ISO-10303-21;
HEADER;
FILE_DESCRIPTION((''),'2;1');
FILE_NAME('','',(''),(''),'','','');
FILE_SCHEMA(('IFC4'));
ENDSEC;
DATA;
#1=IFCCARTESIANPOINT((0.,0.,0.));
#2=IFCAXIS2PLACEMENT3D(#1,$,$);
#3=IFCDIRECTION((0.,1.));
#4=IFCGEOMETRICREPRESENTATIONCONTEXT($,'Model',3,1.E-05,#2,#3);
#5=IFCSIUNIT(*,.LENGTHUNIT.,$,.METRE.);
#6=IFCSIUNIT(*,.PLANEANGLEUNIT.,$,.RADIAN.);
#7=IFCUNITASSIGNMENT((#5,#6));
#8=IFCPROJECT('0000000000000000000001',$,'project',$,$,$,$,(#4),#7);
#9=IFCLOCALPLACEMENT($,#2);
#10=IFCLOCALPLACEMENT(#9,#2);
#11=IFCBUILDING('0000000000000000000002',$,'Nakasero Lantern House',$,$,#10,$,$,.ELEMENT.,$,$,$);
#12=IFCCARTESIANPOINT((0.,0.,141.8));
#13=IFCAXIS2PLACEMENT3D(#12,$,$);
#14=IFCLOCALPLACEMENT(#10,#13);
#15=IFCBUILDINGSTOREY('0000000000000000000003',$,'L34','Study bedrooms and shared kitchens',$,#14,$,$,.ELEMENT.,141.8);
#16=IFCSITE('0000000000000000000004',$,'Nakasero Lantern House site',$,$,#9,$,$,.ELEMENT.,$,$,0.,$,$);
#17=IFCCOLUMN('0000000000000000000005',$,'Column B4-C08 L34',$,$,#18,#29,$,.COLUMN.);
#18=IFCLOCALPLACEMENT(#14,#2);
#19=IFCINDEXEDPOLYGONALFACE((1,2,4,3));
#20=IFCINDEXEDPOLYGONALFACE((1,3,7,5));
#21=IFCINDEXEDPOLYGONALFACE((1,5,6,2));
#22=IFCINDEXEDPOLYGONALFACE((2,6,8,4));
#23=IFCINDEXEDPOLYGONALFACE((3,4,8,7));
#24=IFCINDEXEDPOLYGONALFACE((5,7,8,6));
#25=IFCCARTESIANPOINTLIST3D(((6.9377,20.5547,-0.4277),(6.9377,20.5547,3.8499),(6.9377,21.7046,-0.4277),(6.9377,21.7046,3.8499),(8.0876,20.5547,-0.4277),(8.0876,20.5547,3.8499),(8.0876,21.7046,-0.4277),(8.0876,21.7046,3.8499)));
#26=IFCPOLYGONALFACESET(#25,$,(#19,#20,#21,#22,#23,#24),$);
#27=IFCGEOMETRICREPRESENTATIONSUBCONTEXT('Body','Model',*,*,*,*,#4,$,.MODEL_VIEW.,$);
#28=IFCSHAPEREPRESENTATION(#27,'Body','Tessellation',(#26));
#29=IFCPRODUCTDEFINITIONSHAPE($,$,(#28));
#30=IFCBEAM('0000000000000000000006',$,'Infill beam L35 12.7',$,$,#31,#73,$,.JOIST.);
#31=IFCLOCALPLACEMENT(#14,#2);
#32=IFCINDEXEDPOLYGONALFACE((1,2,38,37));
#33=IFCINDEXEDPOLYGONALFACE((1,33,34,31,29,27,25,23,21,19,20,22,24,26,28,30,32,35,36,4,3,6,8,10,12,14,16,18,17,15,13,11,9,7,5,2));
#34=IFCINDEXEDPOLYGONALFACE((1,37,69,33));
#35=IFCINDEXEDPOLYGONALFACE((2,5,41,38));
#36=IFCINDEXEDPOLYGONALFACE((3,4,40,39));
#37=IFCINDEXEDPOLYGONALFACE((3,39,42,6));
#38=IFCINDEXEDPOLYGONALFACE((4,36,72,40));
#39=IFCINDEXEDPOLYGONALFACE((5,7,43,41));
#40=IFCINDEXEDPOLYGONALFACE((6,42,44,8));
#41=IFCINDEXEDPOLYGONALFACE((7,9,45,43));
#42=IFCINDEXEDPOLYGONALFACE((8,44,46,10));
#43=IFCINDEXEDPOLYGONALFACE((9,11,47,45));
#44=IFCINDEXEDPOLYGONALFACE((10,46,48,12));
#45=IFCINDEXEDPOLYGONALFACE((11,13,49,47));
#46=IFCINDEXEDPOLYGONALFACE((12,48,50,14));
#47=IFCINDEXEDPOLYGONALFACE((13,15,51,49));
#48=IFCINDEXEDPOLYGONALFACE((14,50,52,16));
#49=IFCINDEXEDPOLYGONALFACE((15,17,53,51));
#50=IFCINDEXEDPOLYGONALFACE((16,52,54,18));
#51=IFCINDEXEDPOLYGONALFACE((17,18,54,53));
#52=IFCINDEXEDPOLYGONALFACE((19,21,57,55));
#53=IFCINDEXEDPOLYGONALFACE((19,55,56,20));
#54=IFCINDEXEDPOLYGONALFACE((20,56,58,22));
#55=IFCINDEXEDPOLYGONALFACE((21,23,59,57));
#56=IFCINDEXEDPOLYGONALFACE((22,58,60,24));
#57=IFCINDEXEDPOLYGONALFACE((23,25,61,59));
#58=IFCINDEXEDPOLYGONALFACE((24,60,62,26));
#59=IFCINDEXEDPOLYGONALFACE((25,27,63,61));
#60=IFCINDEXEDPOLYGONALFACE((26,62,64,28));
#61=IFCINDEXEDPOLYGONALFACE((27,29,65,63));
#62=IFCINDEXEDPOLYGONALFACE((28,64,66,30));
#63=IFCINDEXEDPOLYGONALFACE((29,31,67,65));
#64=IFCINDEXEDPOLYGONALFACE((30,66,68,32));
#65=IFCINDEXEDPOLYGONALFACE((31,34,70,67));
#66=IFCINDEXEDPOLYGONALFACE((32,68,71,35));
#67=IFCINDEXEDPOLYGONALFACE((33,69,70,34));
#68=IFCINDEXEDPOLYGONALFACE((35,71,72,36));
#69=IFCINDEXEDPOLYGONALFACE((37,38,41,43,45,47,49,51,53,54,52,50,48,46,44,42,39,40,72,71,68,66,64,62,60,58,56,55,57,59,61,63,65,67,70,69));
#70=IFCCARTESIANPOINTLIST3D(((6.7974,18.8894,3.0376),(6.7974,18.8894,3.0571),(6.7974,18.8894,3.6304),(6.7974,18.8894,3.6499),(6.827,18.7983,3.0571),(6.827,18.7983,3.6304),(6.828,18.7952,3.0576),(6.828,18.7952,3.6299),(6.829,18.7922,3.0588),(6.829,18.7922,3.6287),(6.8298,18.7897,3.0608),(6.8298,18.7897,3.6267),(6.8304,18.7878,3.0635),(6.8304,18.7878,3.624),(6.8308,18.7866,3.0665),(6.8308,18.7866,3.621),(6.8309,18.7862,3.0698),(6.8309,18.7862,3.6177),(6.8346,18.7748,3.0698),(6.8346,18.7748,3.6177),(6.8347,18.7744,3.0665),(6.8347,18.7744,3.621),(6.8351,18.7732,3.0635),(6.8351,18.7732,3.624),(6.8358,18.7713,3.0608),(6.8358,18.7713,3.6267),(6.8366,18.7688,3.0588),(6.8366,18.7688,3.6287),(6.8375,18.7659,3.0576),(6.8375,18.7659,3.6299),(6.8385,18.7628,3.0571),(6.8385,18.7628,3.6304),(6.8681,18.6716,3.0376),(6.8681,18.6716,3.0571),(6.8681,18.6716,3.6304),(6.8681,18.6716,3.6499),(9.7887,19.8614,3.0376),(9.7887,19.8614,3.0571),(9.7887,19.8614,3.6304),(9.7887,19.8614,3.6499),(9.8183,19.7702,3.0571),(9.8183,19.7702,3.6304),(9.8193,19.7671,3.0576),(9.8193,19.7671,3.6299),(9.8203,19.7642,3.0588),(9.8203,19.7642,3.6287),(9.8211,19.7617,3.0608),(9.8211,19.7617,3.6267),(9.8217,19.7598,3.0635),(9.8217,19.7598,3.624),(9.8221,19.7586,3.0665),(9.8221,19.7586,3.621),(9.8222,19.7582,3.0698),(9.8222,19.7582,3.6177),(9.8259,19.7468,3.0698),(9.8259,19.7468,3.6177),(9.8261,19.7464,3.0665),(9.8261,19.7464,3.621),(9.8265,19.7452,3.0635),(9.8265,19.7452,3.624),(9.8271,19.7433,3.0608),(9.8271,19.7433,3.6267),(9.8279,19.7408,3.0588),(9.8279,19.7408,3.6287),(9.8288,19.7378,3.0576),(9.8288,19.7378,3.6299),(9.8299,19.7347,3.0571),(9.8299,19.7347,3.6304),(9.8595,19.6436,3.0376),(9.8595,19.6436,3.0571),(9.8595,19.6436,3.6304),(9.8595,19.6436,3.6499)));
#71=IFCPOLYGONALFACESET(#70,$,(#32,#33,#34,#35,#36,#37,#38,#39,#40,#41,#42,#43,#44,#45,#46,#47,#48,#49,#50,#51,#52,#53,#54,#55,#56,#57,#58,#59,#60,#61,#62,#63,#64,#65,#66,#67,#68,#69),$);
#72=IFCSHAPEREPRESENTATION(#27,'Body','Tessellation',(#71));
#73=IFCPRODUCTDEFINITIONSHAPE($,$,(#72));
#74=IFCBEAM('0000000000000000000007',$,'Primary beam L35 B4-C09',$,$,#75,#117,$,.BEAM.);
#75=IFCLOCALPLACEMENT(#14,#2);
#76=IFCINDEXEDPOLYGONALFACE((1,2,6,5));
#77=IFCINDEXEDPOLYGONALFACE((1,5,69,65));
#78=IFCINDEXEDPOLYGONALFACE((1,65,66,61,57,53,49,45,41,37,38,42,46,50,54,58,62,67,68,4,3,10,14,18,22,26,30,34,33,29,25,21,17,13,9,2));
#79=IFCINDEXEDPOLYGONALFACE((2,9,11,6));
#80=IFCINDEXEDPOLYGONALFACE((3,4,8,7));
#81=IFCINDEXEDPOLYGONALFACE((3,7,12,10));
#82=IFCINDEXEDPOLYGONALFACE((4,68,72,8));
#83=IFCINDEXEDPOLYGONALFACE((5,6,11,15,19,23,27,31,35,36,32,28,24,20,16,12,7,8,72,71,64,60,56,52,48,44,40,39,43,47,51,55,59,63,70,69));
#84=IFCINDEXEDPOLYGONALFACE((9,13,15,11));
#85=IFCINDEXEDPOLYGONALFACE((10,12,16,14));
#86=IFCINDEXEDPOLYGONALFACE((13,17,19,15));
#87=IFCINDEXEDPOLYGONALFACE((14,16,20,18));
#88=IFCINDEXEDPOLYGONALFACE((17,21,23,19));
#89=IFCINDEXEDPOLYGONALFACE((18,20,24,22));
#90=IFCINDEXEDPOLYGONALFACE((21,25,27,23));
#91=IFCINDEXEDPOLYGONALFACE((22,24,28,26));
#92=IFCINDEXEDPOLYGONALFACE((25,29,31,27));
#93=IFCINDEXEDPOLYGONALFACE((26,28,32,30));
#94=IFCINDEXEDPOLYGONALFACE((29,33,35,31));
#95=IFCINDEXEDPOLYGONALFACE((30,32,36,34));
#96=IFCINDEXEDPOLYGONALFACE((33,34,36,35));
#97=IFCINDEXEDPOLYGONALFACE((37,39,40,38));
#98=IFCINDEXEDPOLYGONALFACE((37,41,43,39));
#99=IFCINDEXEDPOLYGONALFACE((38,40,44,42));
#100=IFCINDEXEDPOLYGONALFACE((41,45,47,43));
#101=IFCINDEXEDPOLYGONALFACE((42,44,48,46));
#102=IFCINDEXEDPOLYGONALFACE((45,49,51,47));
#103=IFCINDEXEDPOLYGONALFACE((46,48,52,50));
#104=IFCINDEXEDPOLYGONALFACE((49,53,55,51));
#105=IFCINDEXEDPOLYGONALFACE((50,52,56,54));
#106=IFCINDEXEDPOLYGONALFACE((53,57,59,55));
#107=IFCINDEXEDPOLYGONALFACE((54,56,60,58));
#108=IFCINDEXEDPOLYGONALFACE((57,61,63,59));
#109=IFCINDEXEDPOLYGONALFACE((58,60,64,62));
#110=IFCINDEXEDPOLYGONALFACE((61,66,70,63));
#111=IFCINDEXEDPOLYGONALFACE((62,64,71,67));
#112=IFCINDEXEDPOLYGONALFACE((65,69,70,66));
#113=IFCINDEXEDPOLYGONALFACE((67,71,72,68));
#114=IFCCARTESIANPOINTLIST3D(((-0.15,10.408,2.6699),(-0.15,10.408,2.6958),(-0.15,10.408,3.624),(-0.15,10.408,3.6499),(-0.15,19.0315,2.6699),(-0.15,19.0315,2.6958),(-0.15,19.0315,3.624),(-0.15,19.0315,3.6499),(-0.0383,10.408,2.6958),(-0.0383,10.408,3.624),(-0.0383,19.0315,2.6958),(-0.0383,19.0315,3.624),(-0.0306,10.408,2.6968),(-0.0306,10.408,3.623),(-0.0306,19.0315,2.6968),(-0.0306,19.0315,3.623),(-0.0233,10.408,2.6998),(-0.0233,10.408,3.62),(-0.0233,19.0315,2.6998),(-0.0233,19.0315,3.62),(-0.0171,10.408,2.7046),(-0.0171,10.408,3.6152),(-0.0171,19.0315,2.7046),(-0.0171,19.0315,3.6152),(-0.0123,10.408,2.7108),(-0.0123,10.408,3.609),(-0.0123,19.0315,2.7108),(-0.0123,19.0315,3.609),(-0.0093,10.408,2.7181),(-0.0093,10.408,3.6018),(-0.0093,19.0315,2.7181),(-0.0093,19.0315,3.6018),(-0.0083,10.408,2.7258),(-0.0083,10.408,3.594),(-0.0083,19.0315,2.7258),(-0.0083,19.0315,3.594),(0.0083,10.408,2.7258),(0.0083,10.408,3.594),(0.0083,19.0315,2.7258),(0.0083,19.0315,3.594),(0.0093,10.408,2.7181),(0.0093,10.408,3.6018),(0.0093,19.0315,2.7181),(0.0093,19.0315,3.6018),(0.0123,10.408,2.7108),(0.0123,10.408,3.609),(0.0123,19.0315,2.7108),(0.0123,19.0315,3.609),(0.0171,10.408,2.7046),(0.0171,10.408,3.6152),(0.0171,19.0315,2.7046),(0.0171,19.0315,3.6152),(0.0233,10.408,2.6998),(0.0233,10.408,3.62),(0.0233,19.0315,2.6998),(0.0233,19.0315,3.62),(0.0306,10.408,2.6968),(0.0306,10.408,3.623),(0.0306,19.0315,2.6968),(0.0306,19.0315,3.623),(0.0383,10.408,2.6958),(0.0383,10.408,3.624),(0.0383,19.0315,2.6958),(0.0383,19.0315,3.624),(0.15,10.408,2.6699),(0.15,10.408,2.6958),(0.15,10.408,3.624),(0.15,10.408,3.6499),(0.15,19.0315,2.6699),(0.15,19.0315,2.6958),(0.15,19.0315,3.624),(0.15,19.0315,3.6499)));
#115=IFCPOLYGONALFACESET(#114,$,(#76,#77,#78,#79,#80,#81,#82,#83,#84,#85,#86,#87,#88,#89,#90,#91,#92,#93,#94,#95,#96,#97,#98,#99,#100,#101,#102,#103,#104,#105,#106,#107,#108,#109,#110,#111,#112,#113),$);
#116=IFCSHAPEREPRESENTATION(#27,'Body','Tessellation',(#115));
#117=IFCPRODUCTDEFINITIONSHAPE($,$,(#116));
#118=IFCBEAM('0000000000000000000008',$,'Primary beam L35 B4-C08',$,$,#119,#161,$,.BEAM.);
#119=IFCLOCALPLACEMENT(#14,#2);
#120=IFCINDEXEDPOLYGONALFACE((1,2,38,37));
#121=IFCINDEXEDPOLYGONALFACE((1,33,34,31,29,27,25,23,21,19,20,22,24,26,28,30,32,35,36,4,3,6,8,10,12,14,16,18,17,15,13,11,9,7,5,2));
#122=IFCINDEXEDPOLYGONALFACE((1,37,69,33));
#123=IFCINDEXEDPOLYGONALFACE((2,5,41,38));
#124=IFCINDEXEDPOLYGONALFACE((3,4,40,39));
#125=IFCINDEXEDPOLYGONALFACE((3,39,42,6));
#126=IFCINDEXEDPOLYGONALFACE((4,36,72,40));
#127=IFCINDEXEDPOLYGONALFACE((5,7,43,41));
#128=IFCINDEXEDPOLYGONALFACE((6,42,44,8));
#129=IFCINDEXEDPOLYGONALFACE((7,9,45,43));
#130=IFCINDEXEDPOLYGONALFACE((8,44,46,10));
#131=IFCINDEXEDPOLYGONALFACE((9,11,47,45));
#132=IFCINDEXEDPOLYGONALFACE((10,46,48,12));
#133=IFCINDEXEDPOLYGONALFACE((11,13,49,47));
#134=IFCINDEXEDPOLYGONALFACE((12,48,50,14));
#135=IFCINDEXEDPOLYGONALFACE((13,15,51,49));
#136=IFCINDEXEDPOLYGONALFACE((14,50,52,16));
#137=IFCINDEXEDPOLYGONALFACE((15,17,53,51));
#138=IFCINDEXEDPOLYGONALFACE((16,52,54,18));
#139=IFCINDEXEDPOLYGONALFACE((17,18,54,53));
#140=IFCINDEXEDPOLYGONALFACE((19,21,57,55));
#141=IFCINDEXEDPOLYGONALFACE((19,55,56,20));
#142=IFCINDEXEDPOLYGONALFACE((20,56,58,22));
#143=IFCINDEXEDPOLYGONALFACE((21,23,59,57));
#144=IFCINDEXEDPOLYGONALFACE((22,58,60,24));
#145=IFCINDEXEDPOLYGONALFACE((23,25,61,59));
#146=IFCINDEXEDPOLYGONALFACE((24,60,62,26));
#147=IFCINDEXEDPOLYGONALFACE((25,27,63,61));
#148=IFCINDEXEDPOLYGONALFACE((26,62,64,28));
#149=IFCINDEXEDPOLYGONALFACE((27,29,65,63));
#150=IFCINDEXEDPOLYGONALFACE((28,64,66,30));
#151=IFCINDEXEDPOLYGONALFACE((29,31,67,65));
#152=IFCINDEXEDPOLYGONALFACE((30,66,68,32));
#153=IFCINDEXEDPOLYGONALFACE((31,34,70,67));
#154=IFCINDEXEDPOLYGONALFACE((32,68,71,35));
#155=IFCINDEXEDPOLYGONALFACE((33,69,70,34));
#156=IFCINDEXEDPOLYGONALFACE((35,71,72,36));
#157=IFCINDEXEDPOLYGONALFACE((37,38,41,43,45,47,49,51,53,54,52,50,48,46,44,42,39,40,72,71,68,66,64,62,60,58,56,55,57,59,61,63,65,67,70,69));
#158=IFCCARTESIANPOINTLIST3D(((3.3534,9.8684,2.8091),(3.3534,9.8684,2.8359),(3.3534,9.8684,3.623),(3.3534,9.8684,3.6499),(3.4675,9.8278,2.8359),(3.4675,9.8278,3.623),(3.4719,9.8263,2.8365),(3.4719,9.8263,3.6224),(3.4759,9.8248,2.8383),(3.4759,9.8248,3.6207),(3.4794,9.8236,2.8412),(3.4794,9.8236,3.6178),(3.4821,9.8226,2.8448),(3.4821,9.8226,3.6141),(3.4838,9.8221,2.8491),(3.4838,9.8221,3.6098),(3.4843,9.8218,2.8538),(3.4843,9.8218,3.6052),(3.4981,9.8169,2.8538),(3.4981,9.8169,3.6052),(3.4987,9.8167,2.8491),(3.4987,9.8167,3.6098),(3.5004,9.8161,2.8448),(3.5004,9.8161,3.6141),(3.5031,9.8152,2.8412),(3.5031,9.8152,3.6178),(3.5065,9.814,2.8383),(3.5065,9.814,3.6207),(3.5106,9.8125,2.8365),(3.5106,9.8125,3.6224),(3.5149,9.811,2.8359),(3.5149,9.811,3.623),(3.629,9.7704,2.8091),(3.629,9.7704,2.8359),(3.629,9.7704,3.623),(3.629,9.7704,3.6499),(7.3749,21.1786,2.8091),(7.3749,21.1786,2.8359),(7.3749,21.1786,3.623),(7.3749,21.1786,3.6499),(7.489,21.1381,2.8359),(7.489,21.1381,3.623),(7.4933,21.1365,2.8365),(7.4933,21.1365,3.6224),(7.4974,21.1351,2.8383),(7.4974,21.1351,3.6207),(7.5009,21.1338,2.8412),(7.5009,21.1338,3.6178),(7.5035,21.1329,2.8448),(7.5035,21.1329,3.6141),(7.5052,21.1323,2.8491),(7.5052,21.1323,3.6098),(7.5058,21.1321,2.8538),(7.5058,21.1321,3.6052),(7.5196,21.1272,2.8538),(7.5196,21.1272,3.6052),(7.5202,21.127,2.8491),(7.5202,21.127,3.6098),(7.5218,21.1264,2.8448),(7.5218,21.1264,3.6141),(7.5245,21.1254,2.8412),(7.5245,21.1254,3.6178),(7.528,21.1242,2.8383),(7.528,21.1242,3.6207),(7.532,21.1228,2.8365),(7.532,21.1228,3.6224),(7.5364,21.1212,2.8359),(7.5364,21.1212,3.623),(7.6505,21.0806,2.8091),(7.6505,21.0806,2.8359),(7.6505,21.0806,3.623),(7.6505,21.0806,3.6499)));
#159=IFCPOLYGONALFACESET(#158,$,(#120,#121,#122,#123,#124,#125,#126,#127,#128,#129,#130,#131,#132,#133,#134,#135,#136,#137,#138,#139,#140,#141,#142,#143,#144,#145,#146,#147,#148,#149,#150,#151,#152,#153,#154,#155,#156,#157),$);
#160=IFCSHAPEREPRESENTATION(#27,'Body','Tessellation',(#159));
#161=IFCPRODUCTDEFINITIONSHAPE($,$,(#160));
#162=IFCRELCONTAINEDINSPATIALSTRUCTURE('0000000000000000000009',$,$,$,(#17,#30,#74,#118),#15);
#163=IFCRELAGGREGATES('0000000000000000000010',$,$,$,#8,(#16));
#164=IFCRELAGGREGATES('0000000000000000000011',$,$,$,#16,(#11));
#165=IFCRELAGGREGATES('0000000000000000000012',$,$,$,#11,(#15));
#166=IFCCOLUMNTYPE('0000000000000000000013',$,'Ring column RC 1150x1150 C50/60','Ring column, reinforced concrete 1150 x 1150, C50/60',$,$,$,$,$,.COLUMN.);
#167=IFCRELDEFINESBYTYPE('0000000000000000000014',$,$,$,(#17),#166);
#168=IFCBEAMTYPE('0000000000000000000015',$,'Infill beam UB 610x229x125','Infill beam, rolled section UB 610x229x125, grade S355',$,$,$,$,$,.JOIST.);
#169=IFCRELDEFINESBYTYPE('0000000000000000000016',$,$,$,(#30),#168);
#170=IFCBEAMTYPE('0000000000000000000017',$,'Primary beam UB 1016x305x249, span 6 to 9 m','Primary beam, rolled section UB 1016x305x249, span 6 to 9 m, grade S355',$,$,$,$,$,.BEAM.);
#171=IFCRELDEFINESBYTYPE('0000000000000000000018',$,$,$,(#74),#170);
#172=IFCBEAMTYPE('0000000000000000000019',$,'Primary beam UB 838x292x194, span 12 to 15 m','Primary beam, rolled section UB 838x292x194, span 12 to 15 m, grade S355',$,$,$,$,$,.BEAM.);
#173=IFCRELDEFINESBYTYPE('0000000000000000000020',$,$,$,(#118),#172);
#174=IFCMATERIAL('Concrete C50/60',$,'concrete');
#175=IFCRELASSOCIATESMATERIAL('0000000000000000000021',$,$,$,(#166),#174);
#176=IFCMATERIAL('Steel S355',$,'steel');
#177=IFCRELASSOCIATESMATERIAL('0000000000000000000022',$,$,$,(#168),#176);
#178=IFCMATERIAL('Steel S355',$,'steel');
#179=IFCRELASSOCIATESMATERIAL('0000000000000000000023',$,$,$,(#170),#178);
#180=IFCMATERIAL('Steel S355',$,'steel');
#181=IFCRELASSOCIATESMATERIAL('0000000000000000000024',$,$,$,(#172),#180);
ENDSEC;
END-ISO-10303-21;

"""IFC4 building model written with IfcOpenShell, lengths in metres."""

from ifc_helpers import new_model, si_unit, direction, frame, origin, origin_2d, place, context, subcontext, project, spatial, rectangle, i_section, extrude, material, material_profile, profile_set, type_object, element, save


model = new_model("IFC4")

# Units and contexts
model_context = context("Model", 3, precision=1e-05, world=origin(), true_north=direction((0.0, 1.0)))
body_context = subcontext(model_context, "Body", "Model", "MODEL_VIEW")
ifc_project = project(units=[si_unit("LENGTHUNIT", "METRE"), si_unit("PLANEANGLEUNIT", "RADIAN")], contexts=[model_context])

# Site, building, storey
site_placement = place(None, origin())
site = spatial("IfcSite", under=ifc_project, at=site_placement, Name="Nakasero Lantern House site", CompositionType="ELEMENT", RefElevation=0.0)
building_placement = place(site_placement, origin())
building = spatial("IfcBuilding", under=site, at=building_placement, Name="Nakasero Lantern House", CompositionType="ELEMENT")
storey_placement = place(building_placement, frame((0.0, 0.0, 141.8)))
storey = spatial("IfcBuildingStorey", under=building, at=storey_placement, Name="L34", Description="Study bedrooms and shared kitchens", CompositionType="ELEMENT", Elevation=141.8)

# Column
ifc_material_1 = material(Name="Concrete C50/60", Category="concrete")
ifc_material_profile_1 = material_profile(ifc_material_1, rectangle(XDim=1.1499, YDim=1.1499, at=origin_2d()), Name="RC 1150x1150")
ifc_profile_set_1 = profile_set([ifc_material_profile_1], Name="Concrete C50/60")
column_type = type_object("IfcColumnType", Name="Ring column RC 1150x1150 C50/60", Description="Ring column, reinforced concrete 1150 x 1150, C50/60", PredefinedType="COLUMN", material=ifc_profile_set_1)
column_placement = place(storey_placement, frame((7.5127, 21.1296, -0.4277), z_axis=(0.0, 0.0, 1.0), x_axis=(1.0, 0.0, 0.0)))
element("IfcColumn", 1, at=column_placement, inside=storey, type_object=column_type, Name="Column B4-C08 L34", PredefinedType="COLUMN", context=body_context, shape_type="SweptSolid", body=[
    extrude(rectangle(XDim=1.1499, YDim=1.1499, at=origin_2d()), origin(), (0.0, 0.0, 1.0), 4.2776),
])

# Beams
ifc_material_2 = material(Name="Steel S355", Category="steel")
ifc_material_profile_2 = material_profile(ifc_material_2, i_section(OverallWidth=0.229, OverallDepth=0.6123, WebThickness=0.012, FlangeThickness=0.0195, FilletRadius=0.0127, at=origin_2d()), Name="UB 610x229x125")
ifc_profile_set_2 = profile_set([ifc_material_profile_2], Name="Steel S355")
beam_type_1 = type_object("IfcBeamType", Name="Infill beam UB 610x229x125", Description="Infill beam, rolled section UB 610x229x125, grade S355", PredefinedType="JOIST", material=ifc_profile_set_2)
beam_1_placement = place(storey_placement, frame((6.8328, 18.7805, 3.3438), z_axis=(0.951055, 0.309023, 0.0), x_axis=(-0.309023, 0.951055, 0.0)))
element("IfcBeam", 2, at=beam_1_placement, inside=storey, type_object=beam_type_1, Name="Infill beam L35 12.7", PredefinedType="JOIST", context=body_context, shape_type="SweptSolid", body=[
    extrude(i_section(OverallWidth=0.229, OverallDepth=0.6123, WebThickness=0.012, FlangeThickness=0.0195, FilletRadius=0.0127, at=origin_2d()), origin(), (0.0, 0.0, 1.0), 3.1453),
])
ifc_material_3 = material(Name="Steel S355", Category="steel")
ifc_material_profile_3 = material_profile(ifc_material_3, i_section(OverallWidth=0.3, OverallDepth=0.98, WebThickness=0.0166, FlangeThickness=0.0259, FilletRadius=0.03, at=origin_2d()), Name="UB 1016x305x249")
ifc_profile_set_3 = profile_set([ifc_material_profile_3], Name="Steel S355")
beam_type_2 = type_object("IfcBeamType", Name="Primary beam UB 1016x305x249, span 6 to 9 m", Description="Primary beam, rolled section UB 1016x305x249, span 6 to 9 m, grade S355", PredefinedType="BEAM", material=ifc_profile_set_3)
beam_2_placement = place(storey_placement, frame((0.0, 19.0315, 3.1599), z_axis=(0.0, -1.0, 0.0), x_axis=(1.0, 0.0, 0.0)))
element("IfcBeam", 3, at=beam_2_placement, inside=storey, type_object=beam_type_2, Name="Primary beam L35 B4-C09", PredefinedType="BEAM", context=body_context, shape_type="SweptSolid", body=[
    extrude(i_section(OverallWidth=0.3, OverallDepth=0.98, WebThickness=0.0166, FlangeThickness=0.0259, FilletRadius=0.03, at=origin_2d()), origin(), (0.0, 0.0, 1.0), 8.6235),
])
ifc_material_4 = material(Name="Steel S355", Category="steel")
ifc_material_profile_4 = material_profile(ifc_material_4, i_section(OverallWidth=0.2925, OverallDepth=0.8408, WebThickness=0.0146, FlangeThickness=0.0269, FilletRadius=0.0178, at=origin_2d()), Name="UB 838x292x194")
ifc_profile_set_4 = profile_set([ifc_material_profile_4], Name="Steel S355")
beam_type_3 = type_object("IfcBeamType", Name="Primary beam UB 838x292x194, span 12 to 15 m", Description="Primary beam, rolled section UB 838x292x194, span 12 to 15 m, grade S355", PredefinedType="BEAM", material=ifc_profile_set_4)
beam_3_placement = place(storey_placement, frame((7.5127, 21.1296, 3.2295), z_axis=(-0.335013, -0.942214, 0.0), x_axis=(0.942214, -0.335013, 0.0)))
element("IfcBeam", 4, at=beam_3_placement, inside=storey, type_object=beam_type_3, Name="Primary beam L35 B4-C08", PredefinedType="BEAM", context=body_context, shape_type="SweptSolid", body=[
    extrude(i_section(OverallWidth=0.2925, OverallDepth=0.8408, WebThickness=0.0146, FlangeThickness=0.0269, FilletRadius=0.0178, at=origin_2d()), origin(), (0.0, 0.0, 1.0), 12.0039),
])

save(model, "model.ifc")
